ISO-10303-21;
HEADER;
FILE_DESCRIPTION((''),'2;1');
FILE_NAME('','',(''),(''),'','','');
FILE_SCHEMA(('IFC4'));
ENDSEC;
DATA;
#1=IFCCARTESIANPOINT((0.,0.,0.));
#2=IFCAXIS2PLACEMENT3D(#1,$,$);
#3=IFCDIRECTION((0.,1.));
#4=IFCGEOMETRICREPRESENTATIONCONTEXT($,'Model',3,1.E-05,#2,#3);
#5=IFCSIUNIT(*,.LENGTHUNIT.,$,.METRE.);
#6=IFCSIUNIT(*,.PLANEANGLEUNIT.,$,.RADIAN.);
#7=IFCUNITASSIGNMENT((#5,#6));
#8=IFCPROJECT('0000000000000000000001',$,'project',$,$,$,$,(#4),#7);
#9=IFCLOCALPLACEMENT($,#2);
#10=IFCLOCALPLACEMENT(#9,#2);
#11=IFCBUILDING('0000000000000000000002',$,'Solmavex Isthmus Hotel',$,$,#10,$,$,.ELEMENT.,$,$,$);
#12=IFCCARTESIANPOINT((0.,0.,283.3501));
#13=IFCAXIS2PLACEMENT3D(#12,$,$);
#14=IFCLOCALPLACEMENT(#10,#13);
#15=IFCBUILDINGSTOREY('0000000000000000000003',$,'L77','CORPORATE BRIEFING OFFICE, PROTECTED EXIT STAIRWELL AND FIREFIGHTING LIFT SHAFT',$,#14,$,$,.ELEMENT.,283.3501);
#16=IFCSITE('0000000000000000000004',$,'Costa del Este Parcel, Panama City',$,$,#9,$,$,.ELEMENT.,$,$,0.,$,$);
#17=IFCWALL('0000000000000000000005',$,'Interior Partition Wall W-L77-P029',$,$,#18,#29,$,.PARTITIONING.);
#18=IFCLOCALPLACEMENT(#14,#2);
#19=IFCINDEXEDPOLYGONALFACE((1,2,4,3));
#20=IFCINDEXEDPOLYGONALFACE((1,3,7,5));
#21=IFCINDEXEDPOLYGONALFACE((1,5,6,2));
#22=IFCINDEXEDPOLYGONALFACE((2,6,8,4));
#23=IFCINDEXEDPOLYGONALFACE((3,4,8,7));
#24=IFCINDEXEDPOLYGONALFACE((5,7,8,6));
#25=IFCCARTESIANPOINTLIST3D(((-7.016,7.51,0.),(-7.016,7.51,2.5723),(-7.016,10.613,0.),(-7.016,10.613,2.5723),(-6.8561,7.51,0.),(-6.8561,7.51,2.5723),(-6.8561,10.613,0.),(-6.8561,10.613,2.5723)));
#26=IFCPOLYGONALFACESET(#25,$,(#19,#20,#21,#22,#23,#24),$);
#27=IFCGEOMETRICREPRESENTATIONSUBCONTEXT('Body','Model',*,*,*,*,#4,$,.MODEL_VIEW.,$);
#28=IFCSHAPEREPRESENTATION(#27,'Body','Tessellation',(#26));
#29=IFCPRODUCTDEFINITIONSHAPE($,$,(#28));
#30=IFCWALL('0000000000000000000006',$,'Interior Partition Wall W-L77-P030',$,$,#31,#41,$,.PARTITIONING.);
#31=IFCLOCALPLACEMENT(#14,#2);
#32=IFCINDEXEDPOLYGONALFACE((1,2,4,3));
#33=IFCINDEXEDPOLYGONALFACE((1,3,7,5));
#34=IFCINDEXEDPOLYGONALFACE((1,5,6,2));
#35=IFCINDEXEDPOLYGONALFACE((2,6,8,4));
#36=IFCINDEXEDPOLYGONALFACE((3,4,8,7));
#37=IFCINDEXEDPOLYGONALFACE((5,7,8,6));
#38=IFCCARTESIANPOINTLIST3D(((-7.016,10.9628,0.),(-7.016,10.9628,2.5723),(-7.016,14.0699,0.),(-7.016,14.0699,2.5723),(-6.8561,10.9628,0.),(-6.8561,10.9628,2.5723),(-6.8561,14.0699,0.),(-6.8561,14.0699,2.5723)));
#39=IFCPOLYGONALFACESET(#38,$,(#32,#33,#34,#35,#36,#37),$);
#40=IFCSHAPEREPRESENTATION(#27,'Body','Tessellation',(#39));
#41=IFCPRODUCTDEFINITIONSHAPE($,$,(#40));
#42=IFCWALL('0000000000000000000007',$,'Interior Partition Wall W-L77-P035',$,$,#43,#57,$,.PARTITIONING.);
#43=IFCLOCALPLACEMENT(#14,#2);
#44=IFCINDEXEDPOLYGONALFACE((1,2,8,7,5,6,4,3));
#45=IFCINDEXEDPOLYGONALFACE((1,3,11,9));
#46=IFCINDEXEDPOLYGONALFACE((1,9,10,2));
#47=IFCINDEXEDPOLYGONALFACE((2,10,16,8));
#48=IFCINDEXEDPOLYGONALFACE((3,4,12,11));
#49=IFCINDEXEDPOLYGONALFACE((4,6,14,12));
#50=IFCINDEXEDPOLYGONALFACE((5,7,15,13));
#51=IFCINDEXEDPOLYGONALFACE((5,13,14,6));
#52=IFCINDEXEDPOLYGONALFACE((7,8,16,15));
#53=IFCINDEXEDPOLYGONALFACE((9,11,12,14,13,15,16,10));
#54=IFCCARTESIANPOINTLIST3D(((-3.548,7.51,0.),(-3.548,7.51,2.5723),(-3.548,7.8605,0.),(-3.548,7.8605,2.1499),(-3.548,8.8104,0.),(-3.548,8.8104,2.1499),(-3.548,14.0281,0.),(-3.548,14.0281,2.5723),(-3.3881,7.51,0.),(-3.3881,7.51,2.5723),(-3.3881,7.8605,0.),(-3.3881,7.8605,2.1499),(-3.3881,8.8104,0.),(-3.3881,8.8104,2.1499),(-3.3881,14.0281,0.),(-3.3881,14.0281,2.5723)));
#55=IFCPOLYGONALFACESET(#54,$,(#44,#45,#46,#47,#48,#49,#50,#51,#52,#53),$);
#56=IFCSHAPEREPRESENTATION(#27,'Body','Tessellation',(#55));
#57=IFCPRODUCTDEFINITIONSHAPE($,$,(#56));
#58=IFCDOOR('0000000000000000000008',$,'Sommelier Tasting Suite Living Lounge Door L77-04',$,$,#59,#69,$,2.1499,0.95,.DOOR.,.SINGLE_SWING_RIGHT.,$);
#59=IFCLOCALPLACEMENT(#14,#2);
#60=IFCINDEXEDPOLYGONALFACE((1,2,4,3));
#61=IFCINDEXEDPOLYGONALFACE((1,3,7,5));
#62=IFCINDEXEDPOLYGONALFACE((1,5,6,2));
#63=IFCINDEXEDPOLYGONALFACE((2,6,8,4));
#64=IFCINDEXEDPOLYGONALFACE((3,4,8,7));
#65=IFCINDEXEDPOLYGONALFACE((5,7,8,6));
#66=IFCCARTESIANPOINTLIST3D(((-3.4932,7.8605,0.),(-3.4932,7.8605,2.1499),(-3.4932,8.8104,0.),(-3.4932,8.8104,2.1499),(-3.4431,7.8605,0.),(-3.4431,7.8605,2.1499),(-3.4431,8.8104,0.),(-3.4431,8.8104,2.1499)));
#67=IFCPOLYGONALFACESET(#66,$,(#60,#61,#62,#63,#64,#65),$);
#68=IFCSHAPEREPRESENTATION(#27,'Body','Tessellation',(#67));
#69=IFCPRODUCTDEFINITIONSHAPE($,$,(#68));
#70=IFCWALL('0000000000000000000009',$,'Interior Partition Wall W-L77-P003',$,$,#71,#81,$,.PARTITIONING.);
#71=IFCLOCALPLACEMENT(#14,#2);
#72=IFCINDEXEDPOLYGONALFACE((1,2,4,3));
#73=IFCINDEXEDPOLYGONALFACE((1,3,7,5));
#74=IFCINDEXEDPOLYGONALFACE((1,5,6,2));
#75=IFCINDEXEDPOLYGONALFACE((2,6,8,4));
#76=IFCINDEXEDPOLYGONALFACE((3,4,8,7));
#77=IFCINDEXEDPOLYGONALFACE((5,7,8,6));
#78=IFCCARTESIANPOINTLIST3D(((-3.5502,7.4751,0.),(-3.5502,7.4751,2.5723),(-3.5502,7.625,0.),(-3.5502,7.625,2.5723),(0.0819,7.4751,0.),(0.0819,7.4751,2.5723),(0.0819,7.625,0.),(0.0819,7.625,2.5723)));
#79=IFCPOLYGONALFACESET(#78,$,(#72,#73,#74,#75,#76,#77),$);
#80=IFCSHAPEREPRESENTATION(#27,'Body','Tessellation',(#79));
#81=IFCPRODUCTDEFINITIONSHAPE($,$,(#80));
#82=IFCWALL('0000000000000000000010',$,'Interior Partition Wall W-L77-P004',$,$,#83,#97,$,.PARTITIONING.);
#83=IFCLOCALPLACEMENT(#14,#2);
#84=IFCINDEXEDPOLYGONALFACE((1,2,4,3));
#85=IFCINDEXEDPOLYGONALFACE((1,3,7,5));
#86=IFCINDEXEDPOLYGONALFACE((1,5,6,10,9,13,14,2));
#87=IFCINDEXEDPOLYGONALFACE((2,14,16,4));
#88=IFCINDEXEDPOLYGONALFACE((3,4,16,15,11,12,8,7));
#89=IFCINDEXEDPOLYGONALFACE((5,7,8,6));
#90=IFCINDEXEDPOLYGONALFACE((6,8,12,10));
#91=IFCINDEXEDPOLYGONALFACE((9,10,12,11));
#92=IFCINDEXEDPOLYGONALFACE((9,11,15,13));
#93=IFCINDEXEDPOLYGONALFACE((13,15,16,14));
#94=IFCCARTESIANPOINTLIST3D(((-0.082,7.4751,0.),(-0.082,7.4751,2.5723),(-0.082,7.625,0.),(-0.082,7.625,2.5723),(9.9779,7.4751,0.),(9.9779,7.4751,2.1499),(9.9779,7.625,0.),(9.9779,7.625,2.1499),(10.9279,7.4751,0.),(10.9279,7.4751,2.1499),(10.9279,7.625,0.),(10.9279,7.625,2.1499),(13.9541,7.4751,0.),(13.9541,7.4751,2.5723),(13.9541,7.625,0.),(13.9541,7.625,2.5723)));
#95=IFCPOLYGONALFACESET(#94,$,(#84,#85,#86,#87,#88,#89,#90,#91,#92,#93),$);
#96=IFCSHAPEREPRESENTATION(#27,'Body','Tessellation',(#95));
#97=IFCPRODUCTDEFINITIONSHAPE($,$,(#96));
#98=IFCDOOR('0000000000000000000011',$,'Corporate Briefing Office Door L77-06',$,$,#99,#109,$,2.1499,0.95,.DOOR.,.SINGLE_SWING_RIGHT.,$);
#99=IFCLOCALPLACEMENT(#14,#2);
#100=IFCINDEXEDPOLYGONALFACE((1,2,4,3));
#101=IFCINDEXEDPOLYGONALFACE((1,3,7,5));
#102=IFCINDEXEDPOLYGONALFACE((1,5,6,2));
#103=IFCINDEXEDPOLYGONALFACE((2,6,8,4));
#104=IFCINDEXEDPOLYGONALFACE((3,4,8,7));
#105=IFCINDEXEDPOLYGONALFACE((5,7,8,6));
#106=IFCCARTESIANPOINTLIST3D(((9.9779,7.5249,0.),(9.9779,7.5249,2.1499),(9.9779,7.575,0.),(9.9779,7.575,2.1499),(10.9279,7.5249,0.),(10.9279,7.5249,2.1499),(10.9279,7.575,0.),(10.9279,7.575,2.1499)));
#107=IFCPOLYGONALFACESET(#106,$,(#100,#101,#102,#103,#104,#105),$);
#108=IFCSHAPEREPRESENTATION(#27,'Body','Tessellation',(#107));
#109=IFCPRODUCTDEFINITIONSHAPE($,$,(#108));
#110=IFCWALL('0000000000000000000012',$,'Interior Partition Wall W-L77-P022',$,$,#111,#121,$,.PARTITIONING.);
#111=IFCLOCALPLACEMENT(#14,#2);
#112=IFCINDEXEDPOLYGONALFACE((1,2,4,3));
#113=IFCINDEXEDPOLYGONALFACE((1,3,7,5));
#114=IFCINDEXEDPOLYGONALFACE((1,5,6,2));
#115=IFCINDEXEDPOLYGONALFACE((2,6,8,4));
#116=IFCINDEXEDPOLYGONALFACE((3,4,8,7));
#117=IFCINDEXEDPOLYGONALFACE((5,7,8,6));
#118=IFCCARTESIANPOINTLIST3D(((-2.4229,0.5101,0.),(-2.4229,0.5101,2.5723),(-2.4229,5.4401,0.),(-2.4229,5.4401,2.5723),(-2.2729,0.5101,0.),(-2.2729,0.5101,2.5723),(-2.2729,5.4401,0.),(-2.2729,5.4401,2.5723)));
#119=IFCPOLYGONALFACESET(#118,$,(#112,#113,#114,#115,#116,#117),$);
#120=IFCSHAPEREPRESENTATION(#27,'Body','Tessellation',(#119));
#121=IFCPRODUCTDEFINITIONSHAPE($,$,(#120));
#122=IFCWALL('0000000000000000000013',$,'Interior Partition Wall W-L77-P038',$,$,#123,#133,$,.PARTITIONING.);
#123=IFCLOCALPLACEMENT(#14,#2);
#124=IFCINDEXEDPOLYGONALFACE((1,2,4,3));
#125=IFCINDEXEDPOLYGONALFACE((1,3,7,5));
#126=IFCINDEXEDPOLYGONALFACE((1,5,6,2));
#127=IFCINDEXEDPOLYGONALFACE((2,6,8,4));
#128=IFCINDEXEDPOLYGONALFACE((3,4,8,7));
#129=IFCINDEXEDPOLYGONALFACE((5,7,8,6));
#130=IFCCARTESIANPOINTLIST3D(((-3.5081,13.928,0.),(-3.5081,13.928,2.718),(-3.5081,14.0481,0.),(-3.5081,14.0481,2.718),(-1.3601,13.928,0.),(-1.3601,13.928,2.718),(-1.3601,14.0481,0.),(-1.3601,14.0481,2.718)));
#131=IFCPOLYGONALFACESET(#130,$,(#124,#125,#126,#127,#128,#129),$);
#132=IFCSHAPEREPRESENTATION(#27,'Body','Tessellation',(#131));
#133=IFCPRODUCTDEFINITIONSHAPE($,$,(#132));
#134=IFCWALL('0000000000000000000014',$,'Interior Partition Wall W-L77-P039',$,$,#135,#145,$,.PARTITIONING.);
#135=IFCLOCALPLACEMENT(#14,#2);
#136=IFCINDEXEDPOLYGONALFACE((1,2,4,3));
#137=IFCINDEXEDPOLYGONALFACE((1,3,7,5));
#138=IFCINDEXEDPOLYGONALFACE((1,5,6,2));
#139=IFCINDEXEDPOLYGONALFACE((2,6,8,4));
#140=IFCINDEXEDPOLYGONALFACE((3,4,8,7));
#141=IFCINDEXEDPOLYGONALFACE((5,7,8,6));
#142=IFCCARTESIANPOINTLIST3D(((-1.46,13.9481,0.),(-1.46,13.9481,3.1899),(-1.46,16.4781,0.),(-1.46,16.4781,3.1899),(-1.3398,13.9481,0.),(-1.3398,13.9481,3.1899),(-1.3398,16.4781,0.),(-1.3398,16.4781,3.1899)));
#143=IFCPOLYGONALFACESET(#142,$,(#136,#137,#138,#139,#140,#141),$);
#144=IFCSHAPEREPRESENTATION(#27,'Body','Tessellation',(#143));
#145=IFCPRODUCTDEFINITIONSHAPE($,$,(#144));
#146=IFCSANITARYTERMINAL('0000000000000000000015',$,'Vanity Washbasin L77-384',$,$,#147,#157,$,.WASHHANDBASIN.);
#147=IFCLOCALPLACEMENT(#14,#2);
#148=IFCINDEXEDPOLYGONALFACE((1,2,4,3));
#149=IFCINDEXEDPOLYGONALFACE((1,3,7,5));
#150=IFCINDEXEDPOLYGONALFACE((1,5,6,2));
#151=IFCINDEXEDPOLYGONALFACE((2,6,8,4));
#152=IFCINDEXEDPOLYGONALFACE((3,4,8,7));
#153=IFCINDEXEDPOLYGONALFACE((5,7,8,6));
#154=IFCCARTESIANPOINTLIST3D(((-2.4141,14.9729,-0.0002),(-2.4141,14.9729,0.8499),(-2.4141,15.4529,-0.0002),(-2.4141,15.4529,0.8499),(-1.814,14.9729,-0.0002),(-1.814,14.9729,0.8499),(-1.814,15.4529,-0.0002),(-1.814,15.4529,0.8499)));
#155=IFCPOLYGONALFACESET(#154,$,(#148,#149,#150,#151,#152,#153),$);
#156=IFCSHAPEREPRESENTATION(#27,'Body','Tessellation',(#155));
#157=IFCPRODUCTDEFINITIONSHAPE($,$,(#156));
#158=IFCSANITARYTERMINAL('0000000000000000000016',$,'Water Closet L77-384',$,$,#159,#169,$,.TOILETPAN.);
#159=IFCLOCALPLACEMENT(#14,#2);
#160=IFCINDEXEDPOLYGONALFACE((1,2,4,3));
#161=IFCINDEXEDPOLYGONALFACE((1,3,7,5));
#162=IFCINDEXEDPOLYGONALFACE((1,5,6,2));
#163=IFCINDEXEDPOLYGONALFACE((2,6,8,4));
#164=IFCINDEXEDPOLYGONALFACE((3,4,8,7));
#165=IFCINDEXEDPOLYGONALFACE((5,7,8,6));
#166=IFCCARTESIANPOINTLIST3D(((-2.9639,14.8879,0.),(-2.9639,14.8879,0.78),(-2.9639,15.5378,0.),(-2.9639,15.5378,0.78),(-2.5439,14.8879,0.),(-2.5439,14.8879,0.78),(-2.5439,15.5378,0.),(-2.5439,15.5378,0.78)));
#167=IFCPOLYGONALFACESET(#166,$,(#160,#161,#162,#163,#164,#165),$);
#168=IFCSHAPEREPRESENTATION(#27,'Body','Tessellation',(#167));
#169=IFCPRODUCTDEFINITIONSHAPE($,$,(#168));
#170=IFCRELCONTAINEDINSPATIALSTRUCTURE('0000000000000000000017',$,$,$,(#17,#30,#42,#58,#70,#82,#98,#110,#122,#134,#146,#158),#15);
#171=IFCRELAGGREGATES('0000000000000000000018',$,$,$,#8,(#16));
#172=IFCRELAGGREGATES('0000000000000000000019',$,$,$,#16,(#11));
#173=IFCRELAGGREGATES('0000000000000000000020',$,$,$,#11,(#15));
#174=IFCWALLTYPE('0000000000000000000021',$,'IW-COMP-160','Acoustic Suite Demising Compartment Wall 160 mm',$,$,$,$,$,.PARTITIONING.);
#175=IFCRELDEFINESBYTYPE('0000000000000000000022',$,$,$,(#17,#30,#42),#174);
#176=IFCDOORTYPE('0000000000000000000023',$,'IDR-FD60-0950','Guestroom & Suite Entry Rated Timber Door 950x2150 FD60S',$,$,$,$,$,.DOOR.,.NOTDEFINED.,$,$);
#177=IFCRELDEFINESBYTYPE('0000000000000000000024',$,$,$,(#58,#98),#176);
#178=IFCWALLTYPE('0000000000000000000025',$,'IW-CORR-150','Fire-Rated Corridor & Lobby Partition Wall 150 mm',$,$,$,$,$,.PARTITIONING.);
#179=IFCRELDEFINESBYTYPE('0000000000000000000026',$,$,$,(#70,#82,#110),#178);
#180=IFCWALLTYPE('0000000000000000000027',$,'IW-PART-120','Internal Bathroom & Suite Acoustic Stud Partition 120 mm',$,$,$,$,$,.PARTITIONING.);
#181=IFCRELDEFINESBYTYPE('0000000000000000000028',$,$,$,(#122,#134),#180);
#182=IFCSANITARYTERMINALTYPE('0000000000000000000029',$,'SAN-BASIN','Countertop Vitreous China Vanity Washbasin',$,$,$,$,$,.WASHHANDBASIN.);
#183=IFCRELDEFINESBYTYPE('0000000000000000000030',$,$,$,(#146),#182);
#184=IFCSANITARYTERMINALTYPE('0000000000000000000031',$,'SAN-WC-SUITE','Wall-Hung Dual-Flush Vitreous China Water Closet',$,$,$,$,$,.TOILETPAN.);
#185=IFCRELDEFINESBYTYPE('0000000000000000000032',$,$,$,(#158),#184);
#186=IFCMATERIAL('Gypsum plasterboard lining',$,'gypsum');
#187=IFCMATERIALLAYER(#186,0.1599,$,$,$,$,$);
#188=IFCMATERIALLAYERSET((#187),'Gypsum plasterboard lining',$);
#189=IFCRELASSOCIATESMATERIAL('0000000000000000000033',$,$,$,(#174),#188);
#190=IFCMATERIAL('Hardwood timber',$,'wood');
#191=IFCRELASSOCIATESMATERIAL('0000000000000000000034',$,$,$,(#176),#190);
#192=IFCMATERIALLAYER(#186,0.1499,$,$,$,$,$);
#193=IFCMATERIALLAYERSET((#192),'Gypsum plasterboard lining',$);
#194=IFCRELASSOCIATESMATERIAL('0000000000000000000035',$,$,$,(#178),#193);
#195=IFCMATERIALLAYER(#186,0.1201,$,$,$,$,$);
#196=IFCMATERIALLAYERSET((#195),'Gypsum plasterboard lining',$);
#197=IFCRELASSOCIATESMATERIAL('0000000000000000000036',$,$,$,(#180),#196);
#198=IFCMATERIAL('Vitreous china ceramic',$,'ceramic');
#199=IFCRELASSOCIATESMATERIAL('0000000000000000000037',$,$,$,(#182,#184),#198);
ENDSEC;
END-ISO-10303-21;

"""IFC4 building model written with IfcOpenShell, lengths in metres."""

from ifc_helpers import new_model, si_unit, direction, frame, frame_2d, origin, origin_2d, place, context, subcontext, project, spatial, rectangle, extrude, material, layer, layer_set, type_object, element, fill, save


model = new_model("IFC4")

# Units and contexts
model_context = context("Model", 3, precision=1e-05, world=origin(), true_north=direction((0.0, 1.0)))
body_context = subcontext(model_context, "Body", "Model", "MODEL_VIEW")
ifc_project = project(units=[si_unit("LENGTHUNIT", "METRE"), si_unit("PLANEANGLEUNIT", "RADIAN")], contexts=[model_context])

# Site, building, storey
site_placement = place(None, origin())
site = spatial("IfcSite", under=ifc_project, at=site_placement, Name="Costa del Este Parcel, Panama City", CompositionType="ELEMENT", RefElevation=0.0)
building_placement = place(site_placement, origin())
building = spatial("IfcBuilding", under=site, at=building_placement, Name="Solmavex Isthmus Hotel", CompositionType="ELEMENT")
storey_placement = place(building_placement, frame((0.0, 0.0, 283.3501)))
storey = spatial("IfcBuildingStorey", under=building, at=storey_placement, Name="L77", Description="CORPORATE BRIEFING OFFICE, PROTECTED EXIT STAIRWELL AND FIREFIGHTING LIFT SHAFT", CompositionType="ELEMENT", Elevation=283.3501)

# Walls
ifc_material_1 = material(Name="Gypsum plasterboard lining", Category="gypsum")
ifc_layer_1 = layer(ifc_material_1, 0.1599)
ifc_layer_set_1 = layer_set([ifc_layer_1], Name="Gypsum plasterboard lining")
wall_type_1 = type_object("IfcWallType", Name="IW-COMP-160", Description="Acoustic Suite Demising Compartment Wall 160 mm", PredefinedType="PARTITIONING", material=ifc_layer_set_1)
wall_1_placement = place(storey_placement, frame((-6.936, 10.613, 0.0), z_axis=(0.0, 0.0, 1.0), x_axis=(0.0, -1.0, 0.0)))
element("IfcWall", 1, at=wall_1_placement, inside=storey, type_object=wall_type_1, Name="Interior Partition Wall W-L77-P029", PredefinedType="PARTITIONING", context=body_context, shape_type="SweptSolid", body=[
    extrude(rectangle(XDim=3.103, YDim=0.1599, at=frame_2d((1.5515, 0.0))), origin(), (0.0, 0.0, 1.0), 2.5723),
])
wall_2_placement = place(storey_placement, frame((-6.936, 14.0701, 0.0), z_axis=(0.0, 0.0, 1.0), x_axis=(0.0, -1.0, 0.0)))
element("IfcWall", 2, at=wall_2_placement, inside=storey, type_object=wall_type_1, Name="Interior Partition Wall W-L77-P030", PredefinedType="PARTITIONING", context=body_context, shape_type="SweptSolid", body=[
    extrude(rectangle(XDim=3.1072, YDim=0.1599, at=frame_2d((1.5537, 0.0))), origin(), (0.0, 0.0, 1.0), 2.5723),
])

# Wall, opening, door
ifc_material_2 = material(Name="Hardwood timber", Category="wood")
door_type = type_object("IfcDoorType", Name="IDR-FD60-0950", Description="Guestroom & Suite Entry Rated Timber Door 950x2150 FD60S", OperationType="NOTDEFINED", PredefinedType="DOOR", material=ifc_material_2)
wall_3_placement = place(storey_placement, frame((-3.468, 14.0281, 0.0), z_axis=(0.0, 0.0, 1.0), x_axis=(0.0, -1.0, 0.0)))
wall_3 = element("IfcWall", 3, at=wall_3_placement, inside=storey, type_object=wall_type_1, Name="Interior Partition Wall W-L77-P035", PredefinedType="PARTITIONING", context=body_context, shape_type="SweptSolid", body=[
    extrude(rectangle(XDim=6.5181, YDim=0.1599, at=frame_2d((3.259, 0.0))), origin(), (0.0, 0.0, 1.0), 2.5723),
])
opening_1_placement = place(wall_3_placement, frame((5.2175, 0.0, 0.0)))
opening_1 = element("IfcOpeningElement", 4, at=opening_1_placement, cuts=wall_3, PredefinedType="OPENING", context=body_context, shape_type="SweptSolid", body=[
    extrude(rectangle(XDim=0.95, YDim=2.1499, at=frame_2d((0.4751, 1.075))), frame((0.0, 0.0898, 0.0), z_axis=(0.0, -1.0, 0.0), x_axis=(1.0, 0.0, 0.0)), (0.0, 0.0, 1.0), 0.1799),
])
door_1_placement = place(opening_1_placement, origin())
door_1 = element("IfcDoor", 5, at=door_1_placement, inside=storey, type_object=door_type, Name="Sommelier Tasting Suite Living Lounge Door L77-04", OperationType="SINGLE_SWING_RIGHT", OverallHeight=2.1499, OverallWidth=0.95, PredefinedType="DOOR", context=body_context, shape_type="SweptSolid", body=[
    extrude(rectangle(XDim=0.95, YDim=2.1499, at=frame_2d((0.4751, 1.075))), frame((0.0, 0.0249, 0.0), z_axis=(0.0, -1.0, 0.0), x_axis=(1.0, 0.0, 0.0)), (0.0, 0.0, 1.0), 0.05),
])
fill(opening_1, door_1)
ifc_layer_2 = layer(ifc_material_1, 0.1499)
ifc_layer_set_2 = layer_set([ifc_layer_2], Name="Gypsum plasterboard lining")
wall_type_2 = type_object("IfcWallType", Name="IW-CORR-150", Description="Fire-Rated Corridor & Lobby Partition Wall 150 mm", PredefinedType="PARTITIONING", material=ifc_layer_set_2)

# Wall
wall_4_placement = place(storey_placement, frame((-3.55, 7.55, 0.0), z_axis=(0.0, 0.0, 1.0), x_axis=(1.0, 0.0, 0.0)))
element("IfcWall", 6, at=wall_4_placement, inside=storey, type_object=wall_type_2, Name="Interior Partition Wall W-L77-P003", PredefinedType="PARTITIONING", context=body_context, shape_type="SweptSolid", body=[
    extrude(rectangle(XDim=3.6321, YDim=0.1499, at=frame_2d((1.8159, 0.0))), origin(), (0.0, 0.0, 1.0), 2.5723),
])

# Wall, opening, door
wall_5_placement = place(storey_placement, frame((-0.082, 7.55, 0.0), z_axis=(0.0, 0.0, 1.0), x_axis=(1.0, 0.0, 0.0)))
wall_5 = element("IfcWall", 7, at=wall_5_placement, inside=storey, type_object=wall_type_2, Name="Interior Partition Wall W-L77-P004", PredefinedType="PARTITIONING", context=body_context, shape_type="SweptSolid", body=[
    extrude(rectangle(XDim=14.0361, YDim=0.1499, at=frame_2d((7.0181, 0.0))), origin(), (0.0, 0.0, 1.0), 2.5723),
])
opening_2_placement = place(wall_5_placement, frame((10.0598, 0.0, 0.0)))
opening_2 = element("IfcOpeningElement", 8, at=opening_2_placement, cuts=wall_5, PredefinedType="OPENING", context=body_context, shape_type="SweptSolid", body=[
    extrude(rectangle(XDim=0.95, YDim=2.1499, at=frame_2d((0.4751, 1.075))), frame((0.0, 0.085, 0.0), z_axis=(0.0, -1.0, 0.0), x_axis=(1.0, 0.0, 0.0)), (0.0, 0.0, 1.0), 0.1699),
])
door_2_placement = place(opening_2_placement, origin())
door_2 = element("IfcDoor", 9, at=door_2_placement, inside=storey, type_object=door_type, Name="Corporate Briefing Office Door L77-06", OperationType="SINGLE_SWING_RIGHT", OverallHeight=2.1499, OverallWidth=0.95, PredefinedType="DOOR", context=body_context, shape_type="SweptSolid", body=[
    extrude(rectangle(XDim=0.95, YDim=2.1499, at=frame_2d((0.4751, 1.075))), frame((0.0, 0.0249, 0.0), z_axis=(0.0, -1.0, 0.0), x_axis=(1.0, 0.0, 0.0)), (0.0, 0.0, 1.0), 0.05),
])
fill(opening_2, door_2)

# Walls
wall_6_placement = place(storey_placement, frame((-2.3479, 5.4399, 0.0), z_axis=(0.0, 0.0, 1.0), x_axis=(0.0, -1.0, 0.0)))
element("IfcWall", 10, at=wall_6_placement, inside=storey, type_object=wall_type_2, Name="Interior Partition Wall W-L77-P022", PredefinedType="PARTITIONING", context=body_context, shape_type="SweptSolid", body=[
    extrude(rectangle(XDim=4.9299, YDim=0.1499, at=frame_2d((2.4648, 0.0))), origin(), (0.0, 0.0, 1.0), 2.5723),
])
ifc_layer_3 = layer(ifc_material_1, 0.1201)
ifc_layer_set_3 = layer_set([ifc_layer_3], Name="Gypsum plasterboard lining")
wall_type_3 = type_object("IfcWallType", Name="IW-PART-120", Description="Internal Bathroom & Suite Acoustic Stud Partition 120 mm", PredefinedType="PARTITIONING", material=ifc_layer_set_3)
wall_7_placement = place(storey_placement, frame((-3.5081, 13.988, 0.0), z_axis=(0.0, 0.0, 1.0), x_axis=(1.0, 0.0, 0.0)))
element("IfcWall", 11, at=wall_7_placement, inside=storey, type_object=wall_type_3, Name="Interior Partition Wall W-L77-P038", PredefinedType="PARTITIONING", context=body_context, shape_type="SweptSolid", body=[
    extrude(rectangle(XDim=2.1479, YDim=0.1201, at=frame_2d((1.074, 0.0))), origin(), (0.0, 0.0, 1.0), 2.718),
])
wall_8_placement = place(storey_placement, frame((-1.3999, 13.948, 0.0), z_axis=(0.0, 0.0, 1.0), x_axis=(0.0, 1.0, 0.0)))
element("IfcWall", 12, at=wall_8_placement, inside=storey, type_object=wall_type_3, Name="Interior Partition Wall W-L77-P039", PredefinedType="PARTITIONING", context=body_context, shape_type="SweptSolid", body=[
    extrude(rectangle(XDim=2.53, YDim=0.1201, at=frame_2d((1.2651, 0.0))), origin(), (0.0, 0.0, 1.0), 3.1899),
])

# Sanitary terminals
ifc_material_3 = material(Name="Vitreous china ceramic", Category="ceramic")
sanitary_terminal_type_1 = type_object("IfcSanitaryTerminalType", Name="SAN-BASIN", Description="Countertop Vitreous China Vanity Washbasin", PredefinedType="WASHHANDBASIN", material=ifc_material_3)
sanitary_terminal_1_placement = place(storey_placement, frame((-2.114, 15.2129, -0.0002), z_axis=(0.0, 0.0, 1.0), x_axis=(1.0, 0.0, 0.0)))
element("IfcSanitaryTerminal", 13, at=sanitary_terminal_1_placement, inside=storey, type_object=sanitary_terminal_type_1, Name="Vanity Washbasin L77-384", PredefinedType="WASHHANDBASIN", context=body_context, shape_type="SweptSolid", body=[
    extrude(rectangle(XDim=0.6001, YDim=0.48, at=origin_2d()), origin(), (0.0, 0.0, 1.0), 0.8501),
])
sanitary_terminal_type_2 = type_object("IfcSanitaryTerminalType", Name="SAN-WC-SUITE", Description="Wall-Hung Dual-Flush Vitreous China Water Closet", PredefinedType="TOILETPAN", material=ifc_material_3)
sanitary_terminal_2_placement = place(storey_placement, frame((-2.7539, 15.2129, 0.0), z_axis=(0.0, 0.0, 1.0), x_axis=(1.0, 0.0, 0.0)))
element("IfcSanitaryTerminal", 14, at=sanitary_terminal_2_placement, inside=storey, type_object=sanitary_terminal_type_2, Name="Water Closet L77-384", PredefinedType="TOILETPAN", context=body_context, shape_type="SweptSolid", body=[
    extrude(rectangle(XDim=0.4199, YDim=0.6499, at=origin_2d()), origin(), (0.0, 0.0, 1.0), 0.78),
])

save(model, "model.ifc")
